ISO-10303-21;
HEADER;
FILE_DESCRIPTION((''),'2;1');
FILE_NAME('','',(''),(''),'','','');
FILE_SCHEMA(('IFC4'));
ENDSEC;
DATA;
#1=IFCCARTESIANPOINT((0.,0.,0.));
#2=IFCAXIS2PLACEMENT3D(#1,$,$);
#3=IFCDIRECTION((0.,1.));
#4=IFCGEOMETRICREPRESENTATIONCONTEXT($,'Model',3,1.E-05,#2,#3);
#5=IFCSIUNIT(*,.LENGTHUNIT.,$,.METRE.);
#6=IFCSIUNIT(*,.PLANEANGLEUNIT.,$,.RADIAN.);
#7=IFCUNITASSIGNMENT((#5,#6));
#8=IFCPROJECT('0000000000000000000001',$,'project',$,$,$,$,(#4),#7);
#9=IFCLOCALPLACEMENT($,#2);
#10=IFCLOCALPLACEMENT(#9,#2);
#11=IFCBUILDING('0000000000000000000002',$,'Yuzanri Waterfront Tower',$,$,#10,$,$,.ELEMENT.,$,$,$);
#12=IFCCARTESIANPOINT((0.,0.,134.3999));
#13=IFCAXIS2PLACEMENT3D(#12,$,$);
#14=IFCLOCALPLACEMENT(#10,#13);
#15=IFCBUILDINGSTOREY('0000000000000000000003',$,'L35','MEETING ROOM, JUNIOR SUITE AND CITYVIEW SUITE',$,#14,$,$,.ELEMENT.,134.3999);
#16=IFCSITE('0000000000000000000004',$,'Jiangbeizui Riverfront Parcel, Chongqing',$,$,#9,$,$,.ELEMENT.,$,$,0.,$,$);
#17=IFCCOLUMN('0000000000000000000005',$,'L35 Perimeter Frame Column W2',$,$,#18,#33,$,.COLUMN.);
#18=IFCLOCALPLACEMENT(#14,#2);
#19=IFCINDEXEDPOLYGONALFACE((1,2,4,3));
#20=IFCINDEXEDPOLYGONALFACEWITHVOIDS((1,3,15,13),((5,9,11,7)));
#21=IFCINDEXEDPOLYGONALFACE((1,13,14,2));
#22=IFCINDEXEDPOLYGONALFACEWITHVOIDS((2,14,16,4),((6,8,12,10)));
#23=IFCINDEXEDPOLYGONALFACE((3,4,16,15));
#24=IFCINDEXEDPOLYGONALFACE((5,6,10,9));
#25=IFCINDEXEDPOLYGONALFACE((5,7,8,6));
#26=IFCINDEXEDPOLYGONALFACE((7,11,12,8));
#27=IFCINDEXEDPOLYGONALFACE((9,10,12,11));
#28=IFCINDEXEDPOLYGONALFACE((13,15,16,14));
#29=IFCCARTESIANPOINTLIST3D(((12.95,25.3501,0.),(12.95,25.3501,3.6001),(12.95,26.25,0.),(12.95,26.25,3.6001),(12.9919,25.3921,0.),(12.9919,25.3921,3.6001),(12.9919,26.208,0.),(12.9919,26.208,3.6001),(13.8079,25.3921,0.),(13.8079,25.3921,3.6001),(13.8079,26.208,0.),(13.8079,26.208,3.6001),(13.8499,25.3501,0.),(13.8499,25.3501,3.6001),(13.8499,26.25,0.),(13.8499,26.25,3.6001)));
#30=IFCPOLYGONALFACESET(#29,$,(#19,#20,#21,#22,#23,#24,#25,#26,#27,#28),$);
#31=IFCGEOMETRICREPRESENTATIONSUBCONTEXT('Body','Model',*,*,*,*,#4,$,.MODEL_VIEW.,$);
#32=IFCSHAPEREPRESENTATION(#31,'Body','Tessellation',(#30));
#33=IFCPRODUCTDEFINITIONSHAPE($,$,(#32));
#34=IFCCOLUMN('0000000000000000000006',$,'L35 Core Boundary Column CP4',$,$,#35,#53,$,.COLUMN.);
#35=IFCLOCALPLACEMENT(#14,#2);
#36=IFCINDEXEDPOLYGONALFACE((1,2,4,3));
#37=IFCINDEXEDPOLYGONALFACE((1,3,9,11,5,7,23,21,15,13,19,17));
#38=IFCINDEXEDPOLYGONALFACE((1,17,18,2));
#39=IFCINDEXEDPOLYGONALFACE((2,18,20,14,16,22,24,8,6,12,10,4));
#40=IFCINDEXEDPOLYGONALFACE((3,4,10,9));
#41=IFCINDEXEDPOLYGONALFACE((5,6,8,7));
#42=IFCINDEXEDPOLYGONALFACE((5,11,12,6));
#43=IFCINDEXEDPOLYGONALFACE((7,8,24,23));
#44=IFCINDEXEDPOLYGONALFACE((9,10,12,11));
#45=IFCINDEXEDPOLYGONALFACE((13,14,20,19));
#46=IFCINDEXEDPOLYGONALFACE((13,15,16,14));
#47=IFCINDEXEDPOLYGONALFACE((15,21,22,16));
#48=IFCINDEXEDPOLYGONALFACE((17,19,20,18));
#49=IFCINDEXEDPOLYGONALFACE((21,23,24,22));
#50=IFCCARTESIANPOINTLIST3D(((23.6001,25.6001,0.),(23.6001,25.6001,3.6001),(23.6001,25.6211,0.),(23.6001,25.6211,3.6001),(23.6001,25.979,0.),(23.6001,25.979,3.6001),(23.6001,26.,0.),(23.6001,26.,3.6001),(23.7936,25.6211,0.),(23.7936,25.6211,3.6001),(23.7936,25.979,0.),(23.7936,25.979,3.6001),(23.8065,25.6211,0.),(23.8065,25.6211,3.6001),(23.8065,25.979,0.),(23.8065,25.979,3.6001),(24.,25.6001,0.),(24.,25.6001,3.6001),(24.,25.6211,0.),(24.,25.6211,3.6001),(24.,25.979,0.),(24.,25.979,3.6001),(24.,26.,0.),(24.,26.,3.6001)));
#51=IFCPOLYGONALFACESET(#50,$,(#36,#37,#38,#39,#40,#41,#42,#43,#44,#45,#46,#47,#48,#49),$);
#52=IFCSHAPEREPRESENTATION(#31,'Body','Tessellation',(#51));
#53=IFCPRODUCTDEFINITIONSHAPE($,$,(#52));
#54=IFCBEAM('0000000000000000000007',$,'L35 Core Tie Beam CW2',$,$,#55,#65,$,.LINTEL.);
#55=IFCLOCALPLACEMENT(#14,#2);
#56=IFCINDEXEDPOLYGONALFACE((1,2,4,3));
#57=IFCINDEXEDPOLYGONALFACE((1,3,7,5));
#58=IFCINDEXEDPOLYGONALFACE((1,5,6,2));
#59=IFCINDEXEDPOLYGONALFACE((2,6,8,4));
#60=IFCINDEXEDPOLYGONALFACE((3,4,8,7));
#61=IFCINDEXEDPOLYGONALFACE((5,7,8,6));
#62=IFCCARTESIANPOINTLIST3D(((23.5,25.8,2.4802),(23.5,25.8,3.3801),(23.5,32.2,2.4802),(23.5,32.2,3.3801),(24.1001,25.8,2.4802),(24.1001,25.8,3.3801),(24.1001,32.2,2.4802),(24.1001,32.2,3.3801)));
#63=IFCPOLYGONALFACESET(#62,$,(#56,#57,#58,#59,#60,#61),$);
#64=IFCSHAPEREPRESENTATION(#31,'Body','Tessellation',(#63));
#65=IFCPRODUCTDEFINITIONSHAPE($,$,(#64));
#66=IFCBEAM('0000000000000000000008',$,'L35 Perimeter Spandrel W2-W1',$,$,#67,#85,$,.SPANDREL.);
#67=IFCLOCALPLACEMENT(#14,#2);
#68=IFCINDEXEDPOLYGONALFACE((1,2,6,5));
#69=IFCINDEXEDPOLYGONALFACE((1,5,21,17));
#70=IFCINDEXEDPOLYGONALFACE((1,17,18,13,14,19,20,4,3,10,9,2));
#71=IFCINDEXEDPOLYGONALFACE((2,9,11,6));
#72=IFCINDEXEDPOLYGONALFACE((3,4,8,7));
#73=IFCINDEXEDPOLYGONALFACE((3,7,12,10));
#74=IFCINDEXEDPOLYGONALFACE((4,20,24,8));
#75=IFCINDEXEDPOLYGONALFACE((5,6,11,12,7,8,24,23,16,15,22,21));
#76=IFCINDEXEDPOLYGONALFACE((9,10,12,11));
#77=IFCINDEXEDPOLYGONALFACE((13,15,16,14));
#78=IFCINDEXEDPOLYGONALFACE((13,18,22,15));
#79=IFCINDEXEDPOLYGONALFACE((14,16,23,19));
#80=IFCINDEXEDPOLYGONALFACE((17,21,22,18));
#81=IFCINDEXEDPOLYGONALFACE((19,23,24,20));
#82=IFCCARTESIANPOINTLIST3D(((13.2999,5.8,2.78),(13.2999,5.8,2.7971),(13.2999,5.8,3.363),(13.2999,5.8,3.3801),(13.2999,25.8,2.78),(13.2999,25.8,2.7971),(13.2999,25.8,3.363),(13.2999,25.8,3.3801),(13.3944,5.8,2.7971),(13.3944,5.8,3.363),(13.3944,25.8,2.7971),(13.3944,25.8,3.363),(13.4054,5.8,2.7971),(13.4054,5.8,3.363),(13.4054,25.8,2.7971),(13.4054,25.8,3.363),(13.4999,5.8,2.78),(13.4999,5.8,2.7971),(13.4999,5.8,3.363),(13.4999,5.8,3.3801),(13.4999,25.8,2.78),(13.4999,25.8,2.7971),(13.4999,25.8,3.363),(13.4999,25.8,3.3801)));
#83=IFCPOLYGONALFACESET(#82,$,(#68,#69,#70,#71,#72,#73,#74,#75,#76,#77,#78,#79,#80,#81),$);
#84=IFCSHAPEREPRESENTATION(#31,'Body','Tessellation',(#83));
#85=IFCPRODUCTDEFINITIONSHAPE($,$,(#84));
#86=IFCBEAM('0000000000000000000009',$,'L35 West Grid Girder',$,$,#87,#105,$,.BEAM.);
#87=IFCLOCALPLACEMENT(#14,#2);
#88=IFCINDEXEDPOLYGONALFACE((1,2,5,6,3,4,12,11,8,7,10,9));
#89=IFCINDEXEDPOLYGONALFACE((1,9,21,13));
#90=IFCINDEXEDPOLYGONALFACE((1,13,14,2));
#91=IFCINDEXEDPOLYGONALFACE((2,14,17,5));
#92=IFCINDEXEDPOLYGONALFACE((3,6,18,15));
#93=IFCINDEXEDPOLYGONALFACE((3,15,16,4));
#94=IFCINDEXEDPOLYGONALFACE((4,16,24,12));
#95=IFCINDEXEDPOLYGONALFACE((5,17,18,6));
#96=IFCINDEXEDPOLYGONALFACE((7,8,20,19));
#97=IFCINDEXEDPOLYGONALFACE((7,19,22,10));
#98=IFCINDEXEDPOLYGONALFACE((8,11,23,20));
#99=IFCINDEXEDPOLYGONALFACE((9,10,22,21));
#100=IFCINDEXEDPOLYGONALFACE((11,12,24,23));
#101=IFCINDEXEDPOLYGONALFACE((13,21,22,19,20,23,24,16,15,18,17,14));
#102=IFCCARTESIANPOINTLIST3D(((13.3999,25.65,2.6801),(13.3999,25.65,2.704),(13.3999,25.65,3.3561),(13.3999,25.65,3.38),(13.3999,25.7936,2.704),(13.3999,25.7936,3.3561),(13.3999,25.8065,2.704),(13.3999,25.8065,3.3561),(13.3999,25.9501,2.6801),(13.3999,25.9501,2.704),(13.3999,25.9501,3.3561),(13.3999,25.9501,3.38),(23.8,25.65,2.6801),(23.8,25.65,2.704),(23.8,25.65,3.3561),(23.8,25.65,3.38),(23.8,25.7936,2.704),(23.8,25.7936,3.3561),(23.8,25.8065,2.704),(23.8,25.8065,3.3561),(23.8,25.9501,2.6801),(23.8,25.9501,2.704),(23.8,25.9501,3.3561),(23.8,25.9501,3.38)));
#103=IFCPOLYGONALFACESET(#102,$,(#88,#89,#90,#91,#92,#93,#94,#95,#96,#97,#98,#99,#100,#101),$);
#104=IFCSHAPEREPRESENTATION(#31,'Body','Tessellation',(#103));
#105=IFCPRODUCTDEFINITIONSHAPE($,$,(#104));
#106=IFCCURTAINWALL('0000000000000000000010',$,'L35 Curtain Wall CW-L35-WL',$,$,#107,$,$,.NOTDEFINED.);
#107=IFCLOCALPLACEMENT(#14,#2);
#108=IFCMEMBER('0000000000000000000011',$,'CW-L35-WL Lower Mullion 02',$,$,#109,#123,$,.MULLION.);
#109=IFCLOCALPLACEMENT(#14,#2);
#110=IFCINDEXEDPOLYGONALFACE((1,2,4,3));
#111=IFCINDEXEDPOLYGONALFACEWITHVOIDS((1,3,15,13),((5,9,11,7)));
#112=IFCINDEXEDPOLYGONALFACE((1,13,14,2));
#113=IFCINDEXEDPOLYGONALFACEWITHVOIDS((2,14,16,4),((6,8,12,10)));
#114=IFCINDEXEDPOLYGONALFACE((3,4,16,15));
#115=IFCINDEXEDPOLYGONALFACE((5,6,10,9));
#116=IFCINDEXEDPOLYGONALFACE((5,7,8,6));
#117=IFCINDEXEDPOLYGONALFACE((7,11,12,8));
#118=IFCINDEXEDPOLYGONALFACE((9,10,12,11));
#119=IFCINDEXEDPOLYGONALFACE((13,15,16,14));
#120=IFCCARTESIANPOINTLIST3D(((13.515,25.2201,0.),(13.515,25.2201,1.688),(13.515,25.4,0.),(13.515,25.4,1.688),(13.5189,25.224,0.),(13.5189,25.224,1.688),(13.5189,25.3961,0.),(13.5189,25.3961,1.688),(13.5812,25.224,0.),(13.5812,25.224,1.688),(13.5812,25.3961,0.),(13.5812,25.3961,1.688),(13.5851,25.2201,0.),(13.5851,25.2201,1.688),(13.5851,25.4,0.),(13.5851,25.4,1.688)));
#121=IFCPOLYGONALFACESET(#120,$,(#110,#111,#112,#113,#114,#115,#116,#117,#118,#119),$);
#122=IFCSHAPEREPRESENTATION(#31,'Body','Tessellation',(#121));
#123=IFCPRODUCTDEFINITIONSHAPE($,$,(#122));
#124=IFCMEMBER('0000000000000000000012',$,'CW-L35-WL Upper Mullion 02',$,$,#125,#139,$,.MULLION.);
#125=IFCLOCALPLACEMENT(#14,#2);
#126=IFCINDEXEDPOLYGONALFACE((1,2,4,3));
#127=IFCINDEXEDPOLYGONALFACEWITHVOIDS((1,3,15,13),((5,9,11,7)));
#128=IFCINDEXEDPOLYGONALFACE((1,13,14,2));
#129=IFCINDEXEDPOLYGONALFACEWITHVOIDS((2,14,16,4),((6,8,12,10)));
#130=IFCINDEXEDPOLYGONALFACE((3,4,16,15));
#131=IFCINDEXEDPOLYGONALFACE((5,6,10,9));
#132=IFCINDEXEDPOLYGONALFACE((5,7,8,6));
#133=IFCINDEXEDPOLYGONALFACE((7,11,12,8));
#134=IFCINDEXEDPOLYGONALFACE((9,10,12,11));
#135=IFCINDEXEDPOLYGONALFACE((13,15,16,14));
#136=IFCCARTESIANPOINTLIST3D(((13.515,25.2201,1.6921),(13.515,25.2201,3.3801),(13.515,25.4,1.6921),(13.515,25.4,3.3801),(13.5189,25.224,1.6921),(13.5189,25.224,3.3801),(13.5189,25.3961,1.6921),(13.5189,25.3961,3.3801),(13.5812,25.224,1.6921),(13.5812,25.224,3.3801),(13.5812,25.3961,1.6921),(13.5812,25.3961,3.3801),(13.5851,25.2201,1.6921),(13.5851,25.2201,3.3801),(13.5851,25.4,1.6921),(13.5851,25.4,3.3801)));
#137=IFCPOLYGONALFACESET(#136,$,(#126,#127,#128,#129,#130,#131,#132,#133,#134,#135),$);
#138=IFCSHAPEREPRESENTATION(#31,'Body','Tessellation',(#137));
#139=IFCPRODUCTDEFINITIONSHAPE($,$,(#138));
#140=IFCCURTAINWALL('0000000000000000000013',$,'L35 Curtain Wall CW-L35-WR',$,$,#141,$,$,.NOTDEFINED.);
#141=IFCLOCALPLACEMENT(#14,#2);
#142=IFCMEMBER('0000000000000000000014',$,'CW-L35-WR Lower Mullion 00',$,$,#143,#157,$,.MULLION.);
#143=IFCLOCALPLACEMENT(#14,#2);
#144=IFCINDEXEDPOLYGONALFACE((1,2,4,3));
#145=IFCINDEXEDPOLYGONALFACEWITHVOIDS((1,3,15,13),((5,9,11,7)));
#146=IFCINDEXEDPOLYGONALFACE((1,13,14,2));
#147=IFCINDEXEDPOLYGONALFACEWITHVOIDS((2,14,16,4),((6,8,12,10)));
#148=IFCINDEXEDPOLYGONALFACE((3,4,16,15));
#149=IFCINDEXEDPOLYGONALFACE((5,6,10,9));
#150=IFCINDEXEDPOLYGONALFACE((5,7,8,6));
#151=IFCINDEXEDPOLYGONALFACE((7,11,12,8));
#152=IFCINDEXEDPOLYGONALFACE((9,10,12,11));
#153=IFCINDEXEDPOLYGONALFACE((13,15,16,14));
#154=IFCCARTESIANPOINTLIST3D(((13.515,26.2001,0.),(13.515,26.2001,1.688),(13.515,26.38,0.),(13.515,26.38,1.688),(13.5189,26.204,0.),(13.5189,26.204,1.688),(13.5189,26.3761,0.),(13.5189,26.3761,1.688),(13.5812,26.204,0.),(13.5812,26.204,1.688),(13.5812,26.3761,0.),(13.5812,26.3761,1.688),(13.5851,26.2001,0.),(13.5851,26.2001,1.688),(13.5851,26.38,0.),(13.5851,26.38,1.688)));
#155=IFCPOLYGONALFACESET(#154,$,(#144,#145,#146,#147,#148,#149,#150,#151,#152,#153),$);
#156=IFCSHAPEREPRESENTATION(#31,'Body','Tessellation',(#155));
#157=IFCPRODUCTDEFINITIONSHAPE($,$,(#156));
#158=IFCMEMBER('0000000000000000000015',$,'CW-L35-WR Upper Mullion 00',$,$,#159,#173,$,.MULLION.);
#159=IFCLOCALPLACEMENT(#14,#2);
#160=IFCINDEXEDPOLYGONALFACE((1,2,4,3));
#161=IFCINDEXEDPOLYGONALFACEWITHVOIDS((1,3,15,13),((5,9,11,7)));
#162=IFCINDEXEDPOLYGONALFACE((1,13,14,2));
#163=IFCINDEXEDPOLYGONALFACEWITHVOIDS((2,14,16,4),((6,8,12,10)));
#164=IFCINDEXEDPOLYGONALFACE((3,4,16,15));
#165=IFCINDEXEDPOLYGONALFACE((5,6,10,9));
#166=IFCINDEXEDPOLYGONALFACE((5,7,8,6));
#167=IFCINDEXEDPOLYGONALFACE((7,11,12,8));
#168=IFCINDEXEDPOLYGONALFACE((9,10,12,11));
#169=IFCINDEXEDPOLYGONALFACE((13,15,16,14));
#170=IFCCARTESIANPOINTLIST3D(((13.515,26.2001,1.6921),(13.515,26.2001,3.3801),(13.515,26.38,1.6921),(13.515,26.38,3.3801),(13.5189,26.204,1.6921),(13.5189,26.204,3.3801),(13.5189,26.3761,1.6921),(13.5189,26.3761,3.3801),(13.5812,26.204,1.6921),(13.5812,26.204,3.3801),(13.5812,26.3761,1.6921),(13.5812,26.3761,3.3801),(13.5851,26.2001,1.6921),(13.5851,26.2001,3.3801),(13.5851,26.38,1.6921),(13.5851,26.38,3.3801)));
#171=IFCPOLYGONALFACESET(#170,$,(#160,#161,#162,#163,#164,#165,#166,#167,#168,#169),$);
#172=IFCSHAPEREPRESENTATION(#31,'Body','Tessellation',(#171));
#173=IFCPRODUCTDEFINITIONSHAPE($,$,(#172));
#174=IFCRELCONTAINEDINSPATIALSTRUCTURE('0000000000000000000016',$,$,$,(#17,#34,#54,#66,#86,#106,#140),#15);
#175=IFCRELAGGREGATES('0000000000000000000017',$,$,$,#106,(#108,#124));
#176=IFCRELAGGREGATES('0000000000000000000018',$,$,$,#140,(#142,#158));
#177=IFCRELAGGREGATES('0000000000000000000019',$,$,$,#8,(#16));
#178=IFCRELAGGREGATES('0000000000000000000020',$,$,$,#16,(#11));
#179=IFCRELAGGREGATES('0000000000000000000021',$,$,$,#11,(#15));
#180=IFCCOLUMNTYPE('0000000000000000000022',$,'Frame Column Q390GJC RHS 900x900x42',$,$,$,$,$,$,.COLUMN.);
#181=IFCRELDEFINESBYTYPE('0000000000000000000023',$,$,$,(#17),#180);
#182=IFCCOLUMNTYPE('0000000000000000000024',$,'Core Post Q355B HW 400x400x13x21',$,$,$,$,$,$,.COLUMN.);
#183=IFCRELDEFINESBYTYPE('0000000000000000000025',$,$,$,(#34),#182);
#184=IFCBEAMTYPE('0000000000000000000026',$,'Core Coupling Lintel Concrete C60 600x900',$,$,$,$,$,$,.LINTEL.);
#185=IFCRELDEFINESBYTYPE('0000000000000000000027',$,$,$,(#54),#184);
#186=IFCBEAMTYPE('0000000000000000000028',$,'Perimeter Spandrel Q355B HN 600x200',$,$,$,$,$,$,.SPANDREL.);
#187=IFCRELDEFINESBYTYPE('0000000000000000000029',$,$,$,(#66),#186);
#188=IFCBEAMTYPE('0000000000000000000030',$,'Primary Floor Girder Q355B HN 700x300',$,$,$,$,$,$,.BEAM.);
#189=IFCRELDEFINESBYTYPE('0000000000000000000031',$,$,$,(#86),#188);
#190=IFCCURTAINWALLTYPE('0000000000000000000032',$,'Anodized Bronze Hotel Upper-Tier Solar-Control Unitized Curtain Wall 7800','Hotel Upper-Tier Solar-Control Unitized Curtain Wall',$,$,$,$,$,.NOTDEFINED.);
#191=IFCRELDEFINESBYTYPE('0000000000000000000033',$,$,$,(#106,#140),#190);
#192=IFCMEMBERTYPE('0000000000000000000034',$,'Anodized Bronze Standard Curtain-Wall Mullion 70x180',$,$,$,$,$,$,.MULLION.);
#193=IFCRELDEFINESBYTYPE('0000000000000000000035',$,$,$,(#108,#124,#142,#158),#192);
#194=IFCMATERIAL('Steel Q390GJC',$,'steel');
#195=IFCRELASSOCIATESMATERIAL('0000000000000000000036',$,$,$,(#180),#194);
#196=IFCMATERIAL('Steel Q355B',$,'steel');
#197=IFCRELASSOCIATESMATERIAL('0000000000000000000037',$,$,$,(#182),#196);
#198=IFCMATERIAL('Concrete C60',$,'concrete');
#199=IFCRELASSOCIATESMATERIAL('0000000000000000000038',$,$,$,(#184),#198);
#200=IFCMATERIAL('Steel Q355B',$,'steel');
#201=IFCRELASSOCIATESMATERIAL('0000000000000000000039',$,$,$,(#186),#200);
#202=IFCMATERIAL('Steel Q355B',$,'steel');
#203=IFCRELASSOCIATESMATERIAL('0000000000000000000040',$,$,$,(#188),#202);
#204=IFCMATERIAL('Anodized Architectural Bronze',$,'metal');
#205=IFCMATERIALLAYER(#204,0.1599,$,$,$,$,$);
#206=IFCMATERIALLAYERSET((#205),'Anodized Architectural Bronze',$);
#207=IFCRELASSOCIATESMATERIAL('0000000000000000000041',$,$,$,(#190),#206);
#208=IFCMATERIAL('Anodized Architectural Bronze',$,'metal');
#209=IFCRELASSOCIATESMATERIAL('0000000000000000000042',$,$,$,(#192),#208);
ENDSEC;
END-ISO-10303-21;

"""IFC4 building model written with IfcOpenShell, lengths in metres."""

from ifc_helpers import new_model, si_unit, direction, frame, origin, origin_2d, place, context, subcontext, project, spatial, rectangle, hollow_rectangle, i_section, extrude, source, transform, mapped, material, layer, layer_set, material_profile, profile_set, type_object, element, aggregate, save


model = new_model("IFC4")

# Units and contexts
model_context = context("Model", 3, precision=1e-05, world=origin(), true_north=direction((0.0, 1.0)))
body_context = subcontext(model_context, "Body", "Model", "MODEL_VIEW")
ifc_project = project(units=[si_unit("LENGTHUNIT", "METRE"), si_unit("PLANEANGLEUNIT", "RADIAN")], contexts=[model_context])

# Site, building, storey
site_placement = place(None, origin())
site = spatial("IfcSite", under=ifc_project, at=site_placement, Name="Jiangbeizui Riverfront Parcel, Chongqing", CompositionType="ELEMENT", RefElevation=0.0)
building_placement = place(site_placement, origin())
building = spatial("IfcBuilding", under=site, at=building_placement, Name="Yuzanri Waterfront Tower", CompositionType="ELEMENT")
storey_placement = place(building_placement, frame((0.0, 0.0, 134.3999)))
storey = spatial("IfcBuildingStorey", under=building, at=storey_placement, Name="L35", Description="MEETING ROOM, JUNIOR SUITE AND CITYVIEW SUITE", CompositionType="ELEMENT", Elevation=134.3999)

# Columns
ifc_material_1 = material(Name="Steel Q390GJC", Category="steel")
ifc_material_profile_1 = material_profile(ifc_material_1, hollow_rectangle(XDim=0.8999, YDim=0.8999, WallThickness=0.042, at=origin_2d()), Name="RHS 900x900x42")
ifc_profile_set_1 = profile_set([ifc_material_profile_1], Name="Steel Q390GJC")
column_type_1 = type_object("IfcColumnType", Name="Frame Column Q390GJC RHS 900x900x42", PredefinedType="COLUMN", material=ifc_profile_set_1)
shared_shape_1 = source(origin(), body_context, "Body", "SweptSolid", [
    extrude(hollow_rectangle(XDim=0.8999, YDim=0.8999, WallThickness=0.042, at=origin_2d()), origin(), (0.0, 0.0, 1.0), 3.6001),
])
column_1_placement = place(storey_placement, frame((13.3999, 25.8, 0.0), z_axis=(0.0, 0.0, 1.0), x_axis=(1.0, 0.0, 0.0)))
element("IfcColumn", 1, at=column_1_placement, inside=storey, type_object=column_type_1, Name="L35 Perimeter Frame Column W2", PredefinedType="COLUMN", context=body_context, shape_type="MappedRepresentation", body=[
    mapped(shared_shape_1, transform((0.0, 0.0, 0.0), scale=1.0)),
])
ifc_material_2 = material(Name="Steel Q355B", Category="steel")
ifc_material_profile_2 = material_profile(ifc_material_2, i_section(OverallWidth=0.3999, OverallDepth=0.3999, WebThickness=0.0129, FlangeThickness=0.021, at=origin_2d()), Name="HW 400x400x13x21")
ifc_profile_set_2 = profile_set([ifc_material_profile_2], Name="Steel Q355B")
column_type_2 = type_object("IfcColumnType", Name="Core Post Q355B HW 400x400x13x21", PredefinedType="COLUMN", material=ifc_profile_set_2)
shared_shape_2 = source(origin(), body_context, "Body", "SweptSolid", [
    extrude(i_section(OverallWidth=0.3999, OverallDepth=0.3999, WebThickness=0.0129, FlangeThickness=0.021, at=origin_2d()), origin(), (0.0, 0.0, 1.0), 3.6001),
])
column_2_placement = place(storey_placement, frame((23.8, 25.8, 0.0), z_axis=(0.0, 0.0, 1.0), x_axis=(1.0, 0.0, 0.0)))
element("IfcColumn", 2, at=column_2_placement, inside=storey, type_object=column_type_2, Name="L35 Core Boundary Column CP4", PredefinedType="COLUMN", context=body_context, shape_type="MappedRepresentation", body=[
    mapped(shared_shape_2, transform((0.0, 0.0, 0.0), scale=1.0)),
])

# Beams
ifc_material_3 = material(Name="Concrete C60", Category="concrete")
ifc_material_profile_3 = material_profile(ifc_material_3, rectangle(XDim=0.6001, YDim=0.8999, at=origin_2d()), Name="RC 600x900")
ifc_profile_set_3 = profile_set([ifc_material_profile_3], Name="Concrete C60")
beam_type_1 = type_object("IfcBeamType", Name="Core Coupling Lintel Concrete C60 600x900", PredefinedType="LINTEL", material=ifc_profile_set_3)
shared_shape_3 = source(origin(), body_context, "Body", "SweptSolid", [
    extrude(rectangle(XDim=0.6001, YDim=0.8999, at=origin_2d()), origin(), (0.0, 0.0, 1.0), 6.3999),
])
beam_1_placement = place(storey_placement, frame((23.8, 25.8, 2.9302), z_axis=(0.0, 1.0, 0.0), x_axis=(-1.0, 0.0, 0.0)))
element("IfcBeam", 3, at=beam_1_placement, inside=storey, type_object=beam_type_1, Name="L35 Core Tie Beam CW2", PredefinedType="LINTEL", context=body_context, shape_type="MappedRepresentation", body=[
    mapped(shared_shape_3, transform((0.0, 0.0, 0.0), scale=1.0)),
])
ifc_material_4 = material(Name="Steel Q355B", Category="steel")
ifc_material_profile_4 = material_profile(ifc_material_4, i_section(OverallWidth=0.2, OverallDepth=0.6001, WebThickness=0.011, FlangeThickness=0.0171, at=origin_2d()), Name="HN 600x200x11x17")
ifc_profile_set_4 = profile_set([ifc_material_profile_4], Name="Steel Q355B")
beam_type_2 = type_object("IfcBeamType", Name="Perimeter Spandrel Q355B HN 600x200", PredefinedType="SPANDREL", material=ifc_profile_set_4)
shared_shape_4 = source(origin(), body_context, "Body", "SweptSolid", [
    extrude(i_section(OverallWidth=0.2, OverallDepth=0.6001, WebThickness=0.011, FlangeThickness=0.0171, at=origin_2d()), origin(), (0.0, 0.0, 1.0), 20.0),
])
beam_2_placement = place(storey_placement, frame((13.3999, 25.8, 3.0801), z_axis=(0.0, -1.0, 0.0), x_axis=(1.0, 0.0, 0.0)))
element("IfcBeam", 4, at=beam_2_placement, inside=storey, type_object=beam_type_2, Name="L35 Perimeter Spandrel W2-W1", PredefinedType="SPANDREL", context=body_context, shape_type="MappedRepresentation", body=[
    mapped(shared_shape_4, transform((0.0, 0.0, 0.0), scale=1.0)),
])
ifc_material_5 = material(Name="Steel Q355B", Category="steel")
ifc_material_profile_5 = material_profile(ifc_material_5, i_section(OverallWidth=0.3, OverallDepth=0.7, WebThickness=0.0129, FlangeThickness=0.0239, at=origin_2d()), Name="HN 700x300x13x24")
ifc_profile_set_5 = profile_set([ifc_material_profile_5], Name="Steel Q355B")
beam_type_3 = type_object("IfcBeamType", Name="Primary Floor Girder Q355B HN 700x300", PredefinedType="BEAM", material=ifc_profile_set_5)
shared_shape_5 = source(origin(), body_context, "Body", "SweptSolid", [
    extrude(i_section(OverallWidth=0.3, OverallDepth=0.7, WebThickness=0.0129, FlangeThickness=0.0239, at=origin_2d()), origin(), (0.0, 0.0, 1.0), 10.4001),
])
beam_3_placement = place(storey_placement, frame((23.8, 25.8, 3.03), z_axis=(-1.0, 0.0, 0.0), x_axis=(0.0, -1.0, 0.0)))
element("IfcBeam", 5, at=beam_3_placement, inside=storey, type_object=beam_type_3, Name="L35 West Grid Girder", PredefinedType="BEAM", context=body_context, shape_type="MappedRepresentation", body=[
    mapped(shared_shape_5, transform((0.0, 0.0, 0.0), scale=1.0)),
])

# Curtain wall, members
ifc_material_6 = material(Name="Anodized Architectural Bronze", Category="metal")
ifc_layer_1 = layer(ifc_material_6, 0.1599)
ifc_layer_set_1 = layer_set([ifc_layer_1], Name="Anodized Architectural Bronze")
curtain_wall_type = type_object("IfcCurtainWallType", Name="Anodized Bronze Hotel Upper-Tier Solar-Control Unitized Curtain Wall 7800", Description="Hotel Upper-Tier Solar-Control Unitized Curtain Wall", PredefinedType="NOTDEFINED", material=ifc_layer_set_1)
curtain_wall_1_placement = place(storey_placement, origin())
curtain_wall_1 = element("IfcCurtainWall", 6, at=curtain_wall_1_placement, inside=storey, type_object=curtain_wall_type, Name="L35 Curtain Wall CW-L35-WL", PredefinedType="NOTDEFINED")
ifc_material_7 = material(Name="Anodized Architectural Bronze", Category="metal")
ifc_material_profile_6 = material_profile(ifc_material_7, hollow_rectangle(XDim=0.0701, YDim=0.1799, WallThickness=0.0039, at=origin_2d()), Name="CWM 70x180")
ifc_profile_set_6 = profile_set([ifc_material_profile_6], Name="Anodized Architectural Bronze")
member_type_1 = type_object("IfcMemberType", Name="Anodized Bronze Standard Curtain-Wall Mullion 70x180", PredefinedType="MULLION", material=ifc_profile_set_6)
shared_shape_6 = source(origin(), body_context, "Body", "SweptSolid", [
    extrude(hollow_rectangle(XDim=0.0701, YDim=0.1799, WallThickness=0.0039, at=origin_2d()), origin(), (0.0, 0.0, 1.0), 1.688),
])
member_1_placement = place(storey_placement, frame((13.55, 25.3101, 0.0), z_axis=(0.0, 0.0, 1.0), x_axis=(1.0, 0.0, 0.0)))
member_1 = element("IfcMember", 7, at=member_1_placement, type_object=member_type_1, Name="CW-L35-WL Lower Mullion 02", PredefinedType="MULLION", context=body_context, shape_type="MappedRepresentation", body=[
    mapped(shared_shape_6, transform((0.0, 0.0, 0.0), scale=1.0)),
])
member_2_placement = place(storey_placement, frame((13.55, 25.3101, 1.6921), z_axis=(0.0, 0.0, 1.0), x_axis=(1.0, 0.0, 0.0)))
member_2 = element("IfcMember", 8, at=member_2_placement, type_object=member_type_1, Name="CW-L35-WL Upper Mullion 02", PredefinedType="MULLION", context=body_context, shape_type="MappedRepresentation", body=[
    mapped(shared_shape_6, transform((0.0, 0.0, 0.0), scale=1.0)),
])
aggregate(curtain_wall_1, [member_1, member_2])

# Curtain wall, members
curtain_wall_2_placement = place(storey_placement, origin())
curtain_wall_2 = element("IfcCurtainWall", 9, at=curtain_wall_2_placement, inside=storey, type_object=curtain_wall_type, Name="L35 Curtain Wall CW-L35-WR", PredefinedType="NOTDEFINED")
member_3_placement = place(storey_placement, frame((13.55, 26.29, 0.0), z_axis=(0.0, 0.0, 1.0), x_axis=(1.0, 0.0, 0.0)))
member_3 = element("IfcMember", 10, at=member_3_placement, type_object=member_type_1, Name="CW-L35-WR Lower Mullion 00", PredefinedType="MULLION", context=body_context, shape_type="MappedRepresentation", body=[
    mapped(shared_shape_6, transform((0.0, 0.0, 0.0), scale=1.0)),
])
member_4_placement = place(storey_placement, frame((13.55, 26.29, 1.6921), z_axis=(0.0, 0.0, 1.0), x_axis=(1.0, 0.0, 0.0)))
member_4 = element("IfcMember", 11, at=member_4_placement, type_object=member_type_1, Name="CW-L35-WR Upper Mullion 00", PredefinedType="MULLION", context=body_context, shape_type="MappedRepresentation", body=[
    mapped(shared_shape_6, transform((0.0, 0.0, 0.0), scale=1.0)),
])
aggregate(curtain_wall_2, [member_3, member_4])

save(model, "model.ifc")
